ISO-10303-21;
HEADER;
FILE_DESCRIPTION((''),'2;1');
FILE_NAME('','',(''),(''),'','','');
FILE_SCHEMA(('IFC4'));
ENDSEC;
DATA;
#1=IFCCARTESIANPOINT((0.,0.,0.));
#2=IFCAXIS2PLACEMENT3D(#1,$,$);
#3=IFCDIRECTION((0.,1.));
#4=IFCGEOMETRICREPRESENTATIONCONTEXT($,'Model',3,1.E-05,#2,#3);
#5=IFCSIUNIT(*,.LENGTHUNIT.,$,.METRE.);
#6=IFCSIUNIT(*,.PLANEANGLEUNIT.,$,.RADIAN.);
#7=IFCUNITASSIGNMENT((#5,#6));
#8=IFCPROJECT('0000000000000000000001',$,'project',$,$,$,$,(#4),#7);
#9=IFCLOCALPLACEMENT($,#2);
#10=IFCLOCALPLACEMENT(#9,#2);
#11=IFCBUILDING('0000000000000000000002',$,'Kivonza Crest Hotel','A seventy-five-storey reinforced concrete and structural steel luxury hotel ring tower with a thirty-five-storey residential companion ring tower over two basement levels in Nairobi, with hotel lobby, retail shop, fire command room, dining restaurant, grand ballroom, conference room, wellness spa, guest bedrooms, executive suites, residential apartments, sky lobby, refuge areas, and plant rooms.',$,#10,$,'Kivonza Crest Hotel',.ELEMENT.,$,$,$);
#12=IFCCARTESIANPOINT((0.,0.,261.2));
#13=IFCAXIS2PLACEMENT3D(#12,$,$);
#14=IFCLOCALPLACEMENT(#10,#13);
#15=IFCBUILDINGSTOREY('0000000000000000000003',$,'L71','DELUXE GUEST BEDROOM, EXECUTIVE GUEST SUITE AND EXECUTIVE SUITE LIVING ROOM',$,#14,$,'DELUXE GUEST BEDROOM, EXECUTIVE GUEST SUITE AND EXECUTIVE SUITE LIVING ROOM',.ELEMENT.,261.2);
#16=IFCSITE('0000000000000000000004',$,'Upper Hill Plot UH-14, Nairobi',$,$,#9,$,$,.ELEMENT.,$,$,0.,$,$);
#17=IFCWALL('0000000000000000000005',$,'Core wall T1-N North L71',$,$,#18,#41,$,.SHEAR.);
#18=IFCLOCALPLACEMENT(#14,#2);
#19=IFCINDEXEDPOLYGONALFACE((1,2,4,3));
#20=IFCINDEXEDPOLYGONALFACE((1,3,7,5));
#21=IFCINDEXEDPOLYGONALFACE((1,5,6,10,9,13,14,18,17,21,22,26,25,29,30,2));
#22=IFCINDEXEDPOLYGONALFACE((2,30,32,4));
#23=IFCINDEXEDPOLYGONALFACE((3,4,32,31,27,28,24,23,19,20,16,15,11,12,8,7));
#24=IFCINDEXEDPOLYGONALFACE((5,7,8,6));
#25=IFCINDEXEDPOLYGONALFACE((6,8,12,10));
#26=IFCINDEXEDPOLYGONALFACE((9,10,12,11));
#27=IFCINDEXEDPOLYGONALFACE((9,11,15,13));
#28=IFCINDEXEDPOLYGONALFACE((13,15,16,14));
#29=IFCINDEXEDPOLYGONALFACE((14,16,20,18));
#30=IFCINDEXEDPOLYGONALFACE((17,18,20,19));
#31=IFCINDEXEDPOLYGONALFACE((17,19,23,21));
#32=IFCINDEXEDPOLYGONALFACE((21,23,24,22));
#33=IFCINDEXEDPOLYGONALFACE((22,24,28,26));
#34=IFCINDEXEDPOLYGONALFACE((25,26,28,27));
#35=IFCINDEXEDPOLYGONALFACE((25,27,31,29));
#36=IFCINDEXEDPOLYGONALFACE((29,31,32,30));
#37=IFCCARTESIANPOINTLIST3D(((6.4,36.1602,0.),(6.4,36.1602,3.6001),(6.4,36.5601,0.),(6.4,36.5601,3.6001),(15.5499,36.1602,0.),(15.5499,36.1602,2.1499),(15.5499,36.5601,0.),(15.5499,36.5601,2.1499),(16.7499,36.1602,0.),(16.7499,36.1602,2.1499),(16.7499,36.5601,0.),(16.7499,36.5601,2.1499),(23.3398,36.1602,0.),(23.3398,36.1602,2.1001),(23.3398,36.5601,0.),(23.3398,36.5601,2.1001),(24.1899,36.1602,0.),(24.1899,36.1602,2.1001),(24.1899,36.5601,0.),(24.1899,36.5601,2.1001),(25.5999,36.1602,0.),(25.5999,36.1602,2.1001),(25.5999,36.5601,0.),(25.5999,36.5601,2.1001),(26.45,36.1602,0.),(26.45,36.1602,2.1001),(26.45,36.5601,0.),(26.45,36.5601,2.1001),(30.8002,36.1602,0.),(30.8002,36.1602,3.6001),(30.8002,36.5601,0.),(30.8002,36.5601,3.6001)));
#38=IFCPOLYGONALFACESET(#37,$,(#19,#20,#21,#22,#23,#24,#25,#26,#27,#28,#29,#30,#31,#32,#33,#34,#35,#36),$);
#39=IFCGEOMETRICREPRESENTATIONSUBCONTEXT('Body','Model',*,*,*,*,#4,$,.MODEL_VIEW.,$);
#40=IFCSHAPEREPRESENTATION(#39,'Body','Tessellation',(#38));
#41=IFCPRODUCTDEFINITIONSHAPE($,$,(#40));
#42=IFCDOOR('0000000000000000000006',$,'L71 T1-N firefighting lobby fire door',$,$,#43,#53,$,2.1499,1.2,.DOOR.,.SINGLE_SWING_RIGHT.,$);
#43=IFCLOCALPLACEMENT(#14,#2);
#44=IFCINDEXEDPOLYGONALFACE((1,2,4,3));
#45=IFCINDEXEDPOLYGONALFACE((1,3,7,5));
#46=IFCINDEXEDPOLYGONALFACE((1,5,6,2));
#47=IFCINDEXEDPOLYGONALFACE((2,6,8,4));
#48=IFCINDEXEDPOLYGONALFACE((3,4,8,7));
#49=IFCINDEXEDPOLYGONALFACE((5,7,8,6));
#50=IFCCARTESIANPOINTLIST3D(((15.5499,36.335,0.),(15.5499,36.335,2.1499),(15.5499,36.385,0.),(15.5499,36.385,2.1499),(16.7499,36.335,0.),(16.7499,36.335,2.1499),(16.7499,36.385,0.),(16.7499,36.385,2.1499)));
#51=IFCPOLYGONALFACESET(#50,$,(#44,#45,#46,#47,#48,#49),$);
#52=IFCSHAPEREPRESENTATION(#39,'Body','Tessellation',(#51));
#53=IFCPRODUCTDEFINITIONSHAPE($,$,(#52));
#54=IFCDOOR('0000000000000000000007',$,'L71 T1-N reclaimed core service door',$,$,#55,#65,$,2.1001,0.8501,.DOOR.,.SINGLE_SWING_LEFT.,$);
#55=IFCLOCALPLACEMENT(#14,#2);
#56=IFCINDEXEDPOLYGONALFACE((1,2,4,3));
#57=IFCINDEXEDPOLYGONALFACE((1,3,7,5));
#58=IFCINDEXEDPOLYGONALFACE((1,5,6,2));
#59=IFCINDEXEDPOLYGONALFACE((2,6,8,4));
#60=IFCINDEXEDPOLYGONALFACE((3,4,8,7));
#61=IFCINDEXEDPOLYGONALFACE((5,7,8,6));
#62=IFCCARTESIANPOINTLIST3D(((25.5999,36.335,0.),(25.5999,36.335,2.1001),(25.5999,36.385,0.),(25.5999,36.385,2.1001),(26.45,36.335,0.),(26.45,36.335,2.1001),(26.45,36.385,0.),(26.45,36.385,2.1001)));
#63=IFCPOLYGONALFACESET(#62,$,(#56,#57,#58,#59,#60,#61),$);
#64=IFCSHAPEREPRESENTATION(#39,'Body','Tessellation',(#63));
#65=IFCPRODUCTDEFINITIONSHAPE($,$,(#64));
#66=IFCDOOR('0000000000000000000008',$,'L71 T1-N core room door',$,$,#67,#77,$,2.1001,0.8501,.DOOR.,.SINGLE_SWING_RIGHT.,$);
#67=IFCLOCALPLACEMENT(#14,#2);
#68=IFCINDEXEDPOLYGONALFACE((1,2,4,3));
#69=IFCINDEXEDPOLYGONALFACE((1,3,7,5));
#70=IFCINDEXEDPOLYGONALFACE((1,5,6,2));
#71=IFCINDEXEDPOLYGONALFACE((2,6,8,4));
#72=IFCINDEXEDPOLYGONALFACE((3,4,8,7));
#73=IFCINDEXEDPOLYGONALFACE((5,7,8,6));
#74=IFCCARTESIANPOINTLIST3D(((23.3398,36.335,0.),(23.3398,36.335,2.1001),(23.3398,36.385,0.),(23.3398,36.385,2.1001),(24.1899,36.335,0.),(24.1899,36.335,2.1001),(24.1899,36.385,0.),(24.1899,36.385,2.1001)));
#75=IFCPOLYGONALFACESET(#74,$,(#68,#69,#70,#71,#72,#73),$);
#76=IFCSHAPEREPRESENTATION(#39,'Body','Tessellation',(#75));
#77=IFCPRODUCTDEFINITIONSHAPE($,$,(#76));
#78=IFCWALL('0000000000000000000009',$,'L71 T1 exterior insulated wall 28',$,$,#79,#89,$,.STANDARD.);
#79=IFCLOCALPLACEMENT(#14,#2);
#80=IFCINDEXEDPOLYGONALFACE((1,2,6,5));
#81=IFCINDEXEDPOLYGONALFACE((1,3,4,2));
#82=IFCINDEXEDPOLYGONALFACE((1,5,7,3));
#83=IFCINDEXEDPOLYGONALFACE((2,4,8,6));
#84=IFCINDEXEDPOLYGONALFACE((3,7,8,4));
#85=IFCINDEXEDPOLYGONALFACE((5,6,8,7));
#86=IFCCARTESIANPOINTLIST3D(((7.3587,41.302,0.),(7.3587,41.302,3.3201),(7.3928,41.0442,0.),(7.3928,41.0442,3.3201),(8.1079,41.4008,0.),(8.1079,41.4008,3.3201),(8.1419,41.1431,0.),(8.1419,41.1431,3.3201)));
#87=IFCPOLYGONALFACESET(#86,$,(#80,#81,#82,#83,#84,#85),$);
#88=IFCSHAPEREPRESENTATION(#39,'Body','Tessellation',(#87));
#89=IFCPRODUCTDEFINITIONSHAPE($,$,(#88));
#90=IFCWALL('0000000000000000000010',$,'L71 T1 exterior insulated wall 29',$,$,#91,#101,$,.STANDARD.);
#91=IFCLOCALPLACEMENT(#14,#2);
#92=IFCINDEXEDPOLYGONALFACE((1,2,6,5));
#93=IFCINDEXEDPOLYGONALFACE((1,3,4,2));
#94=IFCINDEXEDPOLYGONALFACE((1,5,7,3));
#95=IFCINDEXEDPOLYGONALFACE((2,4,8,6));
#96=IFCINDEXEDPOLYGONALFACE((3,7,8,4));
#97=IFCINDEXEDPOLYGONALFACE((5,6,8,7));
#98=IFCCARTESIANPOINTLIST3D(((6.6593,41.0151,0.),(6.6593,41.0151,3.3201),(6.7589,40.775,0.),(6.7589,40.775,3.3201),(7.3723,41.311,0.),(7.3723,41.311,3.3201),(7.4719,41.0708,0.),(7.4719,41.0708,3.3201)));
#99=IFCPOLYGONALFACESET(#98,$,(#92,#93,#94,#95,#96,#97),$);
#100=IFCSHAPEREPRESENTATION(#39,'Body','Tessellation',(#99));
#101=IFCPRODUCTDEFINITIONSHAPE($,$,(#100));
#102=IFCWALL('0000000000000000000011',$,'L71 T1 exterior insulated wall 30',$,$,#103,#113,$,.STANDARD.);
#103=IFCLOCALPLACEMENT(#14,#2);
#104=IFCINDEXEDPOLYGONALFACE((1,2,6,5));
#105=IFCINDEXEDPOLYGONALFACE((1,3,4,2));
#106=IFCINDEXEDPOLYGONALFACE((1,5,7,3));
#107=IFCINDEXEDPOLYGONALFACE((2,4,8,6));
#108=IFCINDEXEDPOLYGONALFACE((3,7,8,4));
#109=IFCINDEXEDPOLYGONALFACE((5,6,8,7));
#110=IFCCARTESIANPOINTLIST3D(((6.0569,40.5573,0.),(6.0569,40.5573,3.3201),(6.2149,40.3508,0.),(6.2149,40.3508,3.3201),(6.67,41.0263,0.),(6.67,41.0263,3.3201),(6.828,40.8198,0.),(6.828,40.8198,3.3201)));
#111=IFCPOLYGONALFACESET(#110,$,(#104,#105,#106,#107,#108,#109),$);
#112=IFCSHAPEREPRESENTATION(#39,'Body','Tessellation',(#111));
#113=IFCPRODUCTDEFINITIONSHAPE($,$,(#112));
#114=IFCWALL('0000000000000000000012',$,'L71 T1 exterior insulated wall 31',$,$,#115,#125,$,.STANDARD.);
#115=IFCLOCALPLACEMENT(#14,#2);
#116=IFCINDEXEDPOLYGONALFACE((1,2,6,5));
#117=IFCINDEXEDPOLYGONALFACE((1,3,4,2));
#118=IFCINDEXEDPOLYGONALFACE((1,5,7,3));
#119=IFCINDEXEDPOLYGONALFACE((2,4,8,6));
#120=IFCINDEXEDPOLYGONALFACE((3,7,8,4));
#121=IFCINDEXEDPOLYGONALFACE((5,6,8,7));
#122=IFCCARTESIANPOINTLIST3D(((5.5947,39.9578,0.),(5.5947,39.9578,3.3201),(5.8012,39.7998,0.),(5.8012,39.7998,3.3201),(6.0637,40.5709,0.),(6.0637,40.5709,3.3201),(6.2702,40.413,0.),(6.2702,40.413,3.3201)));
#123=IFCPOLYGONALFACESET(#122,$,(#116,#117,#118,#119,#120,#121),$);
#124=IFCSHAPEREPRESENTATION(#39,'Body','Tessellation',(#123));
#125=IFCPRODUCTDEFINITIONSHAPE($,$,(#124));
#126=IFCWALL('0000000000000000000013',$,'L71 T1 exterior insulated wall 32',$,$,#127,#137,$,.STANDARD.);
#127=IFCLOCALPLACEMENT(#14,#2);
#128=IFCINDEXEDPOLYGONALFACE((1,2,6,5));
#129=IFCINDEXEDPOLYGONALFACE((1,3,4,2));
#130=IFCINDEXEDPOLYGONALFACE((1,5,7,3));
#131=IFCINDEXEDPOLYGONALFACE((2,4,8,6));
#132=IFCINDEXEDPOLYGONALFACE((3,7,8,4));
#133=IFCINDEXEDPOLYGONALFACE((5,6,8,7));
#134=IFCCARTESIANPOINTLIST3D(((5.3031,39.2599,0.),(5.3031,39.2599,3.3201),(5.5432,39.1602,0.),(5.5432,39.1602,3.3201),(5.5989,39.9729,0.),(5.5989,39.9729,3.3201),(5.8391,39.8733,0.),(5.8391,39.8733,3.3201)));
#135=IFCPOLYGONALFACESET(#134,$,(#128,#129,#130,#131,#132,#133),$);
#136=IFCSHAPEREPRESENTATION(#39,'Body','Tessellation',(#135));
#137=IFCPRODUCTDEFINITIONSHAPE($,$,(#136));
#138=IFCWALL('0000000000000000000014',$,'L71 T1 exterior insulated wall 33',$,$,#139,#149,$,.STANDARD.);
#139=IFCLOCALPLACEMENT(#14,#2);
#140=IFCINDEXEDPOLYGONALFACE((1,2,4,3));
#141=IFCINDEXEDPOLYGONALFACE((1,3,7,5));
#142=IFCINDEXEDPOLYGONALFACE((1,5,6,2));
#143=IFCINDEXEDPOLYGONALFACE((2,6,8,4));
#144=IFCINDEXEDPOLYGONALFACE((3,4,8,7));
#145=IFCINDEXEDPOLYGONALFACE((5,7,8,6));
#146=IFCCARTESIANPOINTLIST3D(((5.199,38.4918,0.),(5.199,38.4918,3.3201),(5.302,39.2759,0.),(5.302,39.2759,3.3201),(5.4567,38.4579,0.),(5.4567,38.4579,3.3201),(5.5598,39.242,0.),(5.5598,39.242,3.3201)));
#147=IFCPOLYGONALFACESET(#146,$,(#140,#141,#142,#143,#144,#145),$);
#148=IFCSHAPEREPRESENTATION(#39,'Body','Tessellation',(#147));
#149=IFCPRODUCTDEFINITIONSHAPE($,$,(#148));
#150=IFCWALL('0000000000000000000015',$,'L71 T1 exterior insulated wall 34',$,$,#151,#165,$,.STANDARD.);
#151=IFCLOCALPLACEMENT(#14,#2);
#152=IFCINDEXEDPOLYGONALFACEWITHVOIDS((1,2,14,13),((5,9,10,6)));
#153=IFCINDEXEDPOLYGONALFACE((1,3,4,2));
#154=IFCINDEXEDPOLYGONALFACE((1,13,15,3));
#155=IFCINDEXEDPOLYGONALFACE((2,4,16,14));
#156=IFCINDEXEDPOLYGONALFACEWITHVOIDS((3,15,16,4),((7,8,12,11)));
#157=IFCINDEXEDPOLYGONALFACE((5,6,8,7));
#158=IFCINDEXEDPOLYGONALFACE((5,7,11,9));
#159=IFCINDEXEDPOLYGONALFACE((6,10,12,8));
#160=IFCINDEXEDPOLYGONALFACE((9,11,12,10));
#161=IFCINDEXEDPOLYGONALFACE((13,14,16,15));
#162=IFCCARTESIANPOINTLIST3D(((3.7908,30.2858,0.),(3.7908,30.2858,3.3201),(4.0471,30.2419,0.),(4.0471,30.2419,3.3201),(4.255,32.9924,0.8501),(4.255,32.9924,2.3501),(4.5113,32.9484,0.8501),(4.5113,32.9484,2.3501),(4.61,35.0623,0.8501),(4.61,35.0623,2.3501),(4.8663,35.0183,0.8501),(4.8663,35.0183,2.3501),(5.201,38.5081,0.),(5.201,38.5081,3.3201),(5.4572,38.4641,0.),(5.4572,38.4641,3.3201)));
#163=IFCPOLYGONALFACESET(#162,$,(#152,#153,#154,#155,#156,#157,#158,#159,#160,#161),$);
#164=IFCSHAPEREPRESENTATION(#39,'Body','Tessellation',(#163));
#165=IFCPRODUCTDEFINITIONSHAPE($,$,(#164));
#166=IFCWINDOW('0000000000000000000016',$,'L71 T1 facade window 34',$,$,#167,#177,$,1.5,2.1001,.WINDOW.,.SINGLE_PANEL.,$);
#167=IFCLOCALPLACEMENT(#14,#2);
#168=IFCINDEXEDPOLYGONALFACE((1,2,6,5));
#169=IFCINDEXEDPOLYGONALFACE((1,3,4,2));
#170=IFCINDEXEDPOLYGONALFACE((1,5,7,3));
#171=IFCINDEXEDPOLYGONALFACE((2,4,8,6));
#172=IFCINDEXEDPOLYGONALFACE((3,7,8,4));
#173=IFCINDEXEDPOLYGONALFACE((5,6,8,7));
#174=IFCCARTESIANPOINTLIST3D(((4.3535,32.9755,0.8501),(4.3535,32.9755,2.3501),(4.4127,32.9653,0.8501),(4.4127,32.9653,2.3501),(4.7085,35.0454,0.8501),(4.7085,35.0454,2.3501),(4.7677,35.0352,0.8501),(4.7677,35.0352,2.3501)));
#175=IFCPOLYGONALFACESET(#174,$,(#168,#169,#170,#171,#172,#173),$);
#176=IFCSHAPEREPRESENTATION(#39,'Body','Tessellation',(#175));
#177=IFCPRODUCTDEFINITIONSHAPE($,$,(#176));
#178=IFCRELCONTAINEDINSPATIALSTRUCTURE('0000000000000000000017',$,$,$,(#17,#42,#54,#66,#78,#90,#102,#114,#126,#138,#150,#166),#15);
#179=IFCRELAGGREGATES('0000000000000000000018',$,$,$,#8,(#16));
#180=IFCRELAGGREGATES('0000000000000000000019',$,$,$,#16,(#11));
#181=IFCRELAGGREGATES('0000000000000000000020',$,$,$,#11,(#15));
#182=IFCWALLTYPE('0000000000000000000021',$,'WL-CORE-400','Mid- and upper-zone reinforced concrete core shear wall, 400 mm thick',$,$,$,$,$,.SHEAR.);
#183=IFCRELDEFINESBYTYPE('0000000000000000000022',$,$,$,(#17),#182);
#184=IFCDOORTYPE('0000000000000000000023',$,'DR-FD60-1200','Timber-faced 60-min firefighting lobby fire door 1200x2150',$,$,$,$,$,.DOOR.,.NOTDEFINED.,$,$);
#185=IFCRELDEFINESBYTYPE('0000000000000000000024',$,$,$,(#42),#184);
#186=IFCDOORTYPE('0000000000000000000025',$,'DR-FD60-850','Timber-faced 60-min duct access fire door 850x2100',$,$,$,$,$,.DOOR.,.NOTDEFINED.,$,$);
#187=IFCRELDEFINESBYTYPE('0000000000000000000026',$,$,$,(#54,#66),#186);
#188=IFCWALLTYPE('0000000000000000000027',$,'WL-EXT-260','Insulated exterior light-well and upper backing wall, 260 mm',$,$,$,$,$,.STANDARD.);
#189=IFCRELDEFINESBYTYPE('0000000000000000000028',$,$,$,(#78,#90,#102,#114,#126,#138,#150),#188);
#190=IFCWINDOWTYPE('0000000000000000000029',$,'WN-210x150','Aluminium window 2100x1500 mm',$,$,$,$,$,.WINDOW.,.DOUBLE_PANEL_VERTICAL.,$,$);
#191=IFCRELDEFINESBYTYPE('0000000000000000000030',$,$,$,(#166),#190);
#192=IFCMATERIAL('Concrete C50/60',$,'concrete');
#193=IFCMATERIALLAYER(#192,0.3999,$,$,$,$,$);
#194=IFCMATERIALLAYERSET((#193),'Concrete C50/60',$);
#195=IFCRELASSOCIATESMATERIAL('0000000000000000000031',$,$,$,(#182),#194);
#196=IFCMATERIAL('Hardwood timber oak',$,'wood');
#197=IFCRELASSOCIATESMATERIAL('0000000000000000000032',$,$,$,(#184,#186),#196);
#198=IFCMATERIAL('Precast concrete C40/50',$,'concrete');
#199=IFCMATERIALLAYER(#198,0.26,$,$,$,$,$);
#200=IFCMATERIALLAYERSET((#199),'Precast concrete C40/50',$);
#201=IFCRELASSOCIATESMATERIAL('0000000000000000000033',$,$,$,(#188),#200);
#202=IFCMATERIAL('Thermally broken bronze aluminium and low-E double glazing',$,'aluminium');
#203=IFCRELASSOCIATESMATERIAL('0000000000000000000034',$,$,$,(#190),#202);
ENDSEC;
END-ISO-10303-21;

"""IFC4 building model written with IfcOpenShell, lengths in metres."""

from ifc_helpers import new_model, si_unit, direction, frame, frame_2d, origin, place, context, subcontext, project, spatial, rectangle, extrude, material, layer, layer_set, type_object, element, fill, save


model = new_model("IFC4")

# Units and contexts
model_context = context("Model", 3, precision=1e-05, world=origin(), true_north=direction((0.0, 1.0)))
body_context = subcontext(model_context, "Body", "Model", "MODEL_VIEW")
ifc_project = project(units=[si_unit("LENGTHUNIT", "METRE"), si_unit("PLANEANGLEUNIT", "RADIAN")], contexts=[model_context])

# Site, building, storey
site_placement = place(None, origin())
site = spatial("IfcSite", under=ifc_project, at=site_placement, Name="Upper Hill Plot UH-14, Nairobi", CompositionType="ELEMENT", RefElevation=0.0)
building_placement = place(site_placement, origin())
building = spatial("IfcBuilding", under=site, at=building_placement, Name="Kivonza Crest Hotel", Description="A seventy-five-storey reinforced concrete and structural steel luxury hotel ring tower with a thirty-five-storey residential companion ring tower over two basement levels in Nairobi, with hotel lobby, retail shop, fire command room, dining restaurant, grand ballroom, conference room, wellness spa, guest bedrooms, executive suites, residential apartments, sky lobby, refuge areas, and plant rooms.", LongName="Kivonza Crest Hotel", CompositionType="ELEMENT")
storey_placement = place(building_placement, frame((0.0, 0.0, 261.2)))
storey = spatial("IfcBuildingStorey", under=building, at=storey_placement, Name="L71", Description="DELUXE GUEST BEDROOM, EXECUTIVE GUEST SUITE AND EXECUTIVE SUITE LIVING ROOM", LongName="DELUXE GUEST BEDROOM, EXECUTIVE GUEST SUITE AND EXECUTIVE SUITE LIVING ROOM", CompositionType="ELEMENT", Elevation=261.2)

# Shared definitions
ifc_material_1 = material(Name="Concrete C50/60", Category="concrete")

# Wall, openings, doors
ifc_layer_1 = layer(ifc_material_1, 0.3999)
ifc_layer_set_1 = layer_set([ifc_layer_1], Name="Concrete C50/60")
wall_type_1 = type_object("IfcWallType", Name="WL-CORE-400", Description="Mid- and upper-zone reinforced concrete core shear wall, 400 mm thick", PredefinedType="SHEAR", material=ifc_layer_set_1)
wall_1_placement = place(storey_placement, frame((6.3999, 36.3601, 0.0), z_axis=(0.0, 0.0, 1.0), x_axis=(1.0, 0.0, 0.0)))
wall_1 = element("IfcWall", 1, at=wall_1_placement, inside=storey, type_object=wall_type_1, Name="Core wall T1-N North L71", PredefinedType="SHEAR", context=body_context, shape_type="SweptSolid", body=[
    extrude(rectangle(XDim=24.4001, YDim=0.3999, at=frame_2d((12.2002, 0.0))), origin(), (0.0, 0.0, 1.0), 3.6001),
])
opening_1_placement = place(wall_1_placement, frame((9.1499, 0.0, 0.0)))
opening_1 = element("IfcOpeningElement", 2, at=opening_1_placement, cuts=wall_1, PredefinedType="OPENING", context=body_context, shape_type="SweptSolid", body=[
    extrude(rectangle(XDim=1.2, YDim=2.1499, at=frame_2d((0.6001, 1.075))), frame((0.0, 0.21, 0.0), z_axis=(0.0, -1.0, 0.0), x_axis=(1.0, 0.0, 0.0)), (0.0, 0.0, 1.0), 0.4199),
])
opening_2_placement = place(wall_1_placement, frame((19.2, 0.0, 0.0)))
opening_2 = element("IfcOpeningElement", 3, at=opening_2_placement, cuts=wall_1, PredefinedType="OPENING", context=body_context, shape_type="SweptSolid", body=[
    extrude(rectangle(XDim=0.8501, YDim=2.1001, at=frame_2d((0.425, 1.05))), frame((0.0, 0.21, 0.0), z_axis=(0.0, -1.0, 0.0), x_axis=(1.0, 0.0, 0.0)), (0.0, 0.0, 1.0), 0.4199),
])
opening_3_placement = place(wall_1_placement, frame((16.9399, 0.0, 0.0)))
opening_3 = element("IfcOpeningElement", 4, at=opening_3_placement, cuts=wall_1, PredefinedType="OPENING", context=body_context, shape_type="SweptSolid", body=[
    extrude(rectangle(XDim=0.8501, YDim=2.1001, at=frame_2d((0.425, 1.05))), frame((0.0, 0.21, 0.0), z_axis=(0.0, -1.0, 0.0), x_axis=(1.0, 0.0, 0.0)), (0.0, 0.0, 1.0), 0.4199),
])
ifc_material_2 = material(Name="Hardwood timber oak", Category="wood")
door_type_1 = type_object("IfcDoorType", Name="DR-FD60-1200", Description="Timber-faced 60-min firefighting lobby fire door 1200x2150", OperationType="NOTDEFINED", PredefinedType="DOOR", material=ifc_material_2)
door_1_placement = place(opening_1_placement, origin())
door_1 = element("IfcDoor", 5, at=door_1_placement, inside=storey, type_object=door_type_1, Name="L71 T1-N firefighting lobby fire door", OperationType="SINGLE_SWING_RIGHT", OverallHeight=2.1499, OverallWidth=1.2, PredefinedType="DOOR", context=body_context, shape_type="SweptSolid", body=[
    extrude(rectangle(XDim=1.2, YDim=2.1499, at=frame_2d((0.6001, 1.075))), frame((0.0, 0.0249, 0.0), z_axis=(0.0, -1.0, 0.0), x_axis=(1.0, 0.0, 0.0)), (0.0, 0.0, 1.0), 0.05),
])
fill(opening_1, door_1)
door_type_2 = type_object("IfcDoorType", Name="DR-FD60-850", Description="Timber-faced 60-min duct access fire door 850x2100", OperationType="NOTDEFINED", PredefinedType="DOOR", material=ifc_material_2)
door_2_placement = place(opening_2_placement, origin())
door_2 = element("IfcDoor", 6, at=door_2_placement, inside=storey, type_object=door_type_2, Name="L71 T1-N reclaimed core service door", OperationType="SINGLE_SWING_LEFT", OverallHeight=2.1001, OverallWidth=0.8501, PredefinedType="DOOR", context=body_context, shape_type="SweptSolid", body=[
    extrude(rectangle(XDim=0.8501, YDim=2.1001, at=frame_2d((0.425, 1.05))), frame((0.0, 0.0249, 0.0), z_axis=(0.0, -1.0, 0.0), x_axis=(1.0, 0.0, 0.0)), (0.0, 0.0, 1.0), 0.05),
])
fill(opening_2, door_2)
door_3_placement = place(opening_3_placement, origin())
door_3 = element("IfcDoor", 7, at=door_3_placement, inside=storey, type_object=door_type_2, Name="L71 T1-N core room door", OperationType="SINGLE_SWING_RIGHT", OverallHeight=2.1001, OverallWidth=0.8501, PredefinedType="DOOR", context=body_context, shape_type="SweptSolid", body=[
    extrude(rectangle(XDim=0.8501, YDim=2.1001, at=frame_2d((0.425, 1.05))), frame((0.0, 0.0249, 0.0), z_axis=(0.0, -1.0, 0.0), x_axis=(1.0, 0.0, 0.0)), (0.0, 0.0, 1.0), 0.05),
])
fill(opening_3, door_3)

# Walls
ifc_material_3 = material(Name="Precast concrete C40/50", Category="concrete")
ifc_layer_2 = layer(ifc_material_3, 0.26)
ifc_layer_set_2 = layer_set([ifc_layer_2], Name="Precast concrete C40/50")
wall_type_2 = type_object("IfcWallType", Name="WL-EXT-260", Description="Insulated exterior light-well and upper backing wall, 260 mm", PredefinedType="STANDARD", material=ifc_layer_set_2)
wall_2_placement = place(storey_placement, frame((8.125, 41.272, 0.0), z_axis=(0.0, 0.0, 1.0), x_axis=(-0.991399, -0.130872, 0.0)))
element("IfcWall", 8, at=wall_2_placement, inside=storey, type_object=wall_type_2, Name="L71 T1 exterior insulated wall 28", PredefinedType="STANDARD", context=body_context, shape_type="SweptSolid", body=[
    extrude(rectangle(XDim=0.7556, YDim=0.26, at=frame_2d((0.3779, 0.0))), origin(), (0.0, 0.0, 1.0), 3.3201),
])
for number, where, z_axis, x_axis, name in (
    (9, (7.4221, 41.1909, 0.0), (0.0, 0.0, 1.0), (-0.923647, -0.383245, 0.0), "L71 T1 exterior insulated wall 29"),
    (10, (6.749, 40.9231, 0.0), (0.0, 0.0, 1.0), (-0.794232, -0.607614, 0.0), "L71 T1 exterior insulated wall 30"),
    (11, (6.167, 40.4919, 0.0), (0.0, 0.0, 1.0), (-0.607614, -0.794232, 0.0), "L71 T1 exterior insulated wall 31"),
    (12, (5.719, 39.9231, 0.0), (0.0, 0.0, 1.0), (-0.383245, -0.923647, 0.0), "L71 T1 exterior insulated wall 32"),
):
    element("IfcWall", number, at=place(storey_placement, frame(where, z_axis=z_axis, x_axis=x_axis)), inside=storey, type_object=wall_type_2, Name=name, PredefinedType="STANDARD", context=body_context, shape_type="SweptSolid", body=[
        extrude(rectangle(XDim=0.772, YDim=0.26, at=frame_2d((0.386, 0.0))), origin(), (0.0, 0.0, 1.0), 3.3201),
    ])
wall_3_placement = place(storey_placement, frame((5.4309, 39.259, 0.0), z_axis=(0.0, 0.0, 1.0), x_axis=(-0.130303, -0.991474, 0.0)))
element("IfcWall", 13, at=wall_3_placement, inside=storey, type_object=wall_type_2, Name="L71 T1 exterior insulated wall 33", PredefinedType="STANDARD", context=body_context, shape_type="SweptSolid", body=[
    extrude(rectangle(XDim=0.7908, YDim=0.26, at=frame_2d((0.3955, 0.0))), origin(), (0.0, 0.0, 1.0), 3.3201),
])

# Wall, opening, window
wall_4_placement = place(storey_placement, frame((5.3291, 38.4861, 0.0), z_axis=(0.0, 0.0, 1.0), x_axis=(-0.169039, -0.985609, 0.0)))
wall_4 = element("IfcWall", 14, at=wall_4_placement, inside=storey, type_object=wall_type_2, Name="L71 T1 exterior insulated wall 34", PredefinedType="STANDARD", context=body_context, shape_type="SweptSolid", body=[
    extrude(rectangle(XDim=8.3423, YDim=0.26, at=frame_2d((4.1711, 0.0))), origin(), (0.0, 0.0, 1.0), 3.3201),
])
opening_4_placement = place(wall_4_placement, frame((3.4961, 0.0, 0.8501)))
opening_4 = element("IfcOpeningElement", 15, at=opening_4_placement, cuts=wall_4, PredefinedType="OPENING", context=body_context, shape_type="SweptSolid", body=[
    extrude(rectangle(XDim=2.1001, YDim=1.5, at=frame_2d((1.05, 0.75))), frame((0.0, 0.1401, 0.0), z_axis=(0.0, -1.0, 0.0), x_axis=(1.0, 0.0, 0.0)), (0.0, 0.0, 1.0), 0.28),
])
ifc_material_4 = material(Name="Thermally broken bronze aluminium and low-E double glazing", Category="aluminium")
window_type = type_object("IfcWindowType", Name="WN-210x150", Description="Aluminium window 2100x1500 mm", PartitioningType="DOUBLE_PANEL_VERTICAL", PredefinedType="WINDOW", material=ifc_material_4)
window_placement = place(opening_4_placement, origin())
window = element("IfcWindow", 16, at=window_placement, inside=storey, type_object=window_type, Name="L71 T1 facade window 34", OverallHeight=1.5, OverallWidth=2.1001, PartitioningType="SINGLE_PANEL", PredefinedType="WINDOW", context=body_context, shape_type="SweptSolid", body=[
    extrude(rectangle(XDim=2.1001, YDim=1.5, at=frame_2d((1.05, 0.75))), frame((0.0, 0.03, 0.0), z_axis=(0.0, -1.0, 0.0), x_axis=(1.0, 0.0, 0.0)), (0.0, 0.0, 1.0), 0.0601),
])
fill(opening_4, window)

save(model, "model.ifc")
